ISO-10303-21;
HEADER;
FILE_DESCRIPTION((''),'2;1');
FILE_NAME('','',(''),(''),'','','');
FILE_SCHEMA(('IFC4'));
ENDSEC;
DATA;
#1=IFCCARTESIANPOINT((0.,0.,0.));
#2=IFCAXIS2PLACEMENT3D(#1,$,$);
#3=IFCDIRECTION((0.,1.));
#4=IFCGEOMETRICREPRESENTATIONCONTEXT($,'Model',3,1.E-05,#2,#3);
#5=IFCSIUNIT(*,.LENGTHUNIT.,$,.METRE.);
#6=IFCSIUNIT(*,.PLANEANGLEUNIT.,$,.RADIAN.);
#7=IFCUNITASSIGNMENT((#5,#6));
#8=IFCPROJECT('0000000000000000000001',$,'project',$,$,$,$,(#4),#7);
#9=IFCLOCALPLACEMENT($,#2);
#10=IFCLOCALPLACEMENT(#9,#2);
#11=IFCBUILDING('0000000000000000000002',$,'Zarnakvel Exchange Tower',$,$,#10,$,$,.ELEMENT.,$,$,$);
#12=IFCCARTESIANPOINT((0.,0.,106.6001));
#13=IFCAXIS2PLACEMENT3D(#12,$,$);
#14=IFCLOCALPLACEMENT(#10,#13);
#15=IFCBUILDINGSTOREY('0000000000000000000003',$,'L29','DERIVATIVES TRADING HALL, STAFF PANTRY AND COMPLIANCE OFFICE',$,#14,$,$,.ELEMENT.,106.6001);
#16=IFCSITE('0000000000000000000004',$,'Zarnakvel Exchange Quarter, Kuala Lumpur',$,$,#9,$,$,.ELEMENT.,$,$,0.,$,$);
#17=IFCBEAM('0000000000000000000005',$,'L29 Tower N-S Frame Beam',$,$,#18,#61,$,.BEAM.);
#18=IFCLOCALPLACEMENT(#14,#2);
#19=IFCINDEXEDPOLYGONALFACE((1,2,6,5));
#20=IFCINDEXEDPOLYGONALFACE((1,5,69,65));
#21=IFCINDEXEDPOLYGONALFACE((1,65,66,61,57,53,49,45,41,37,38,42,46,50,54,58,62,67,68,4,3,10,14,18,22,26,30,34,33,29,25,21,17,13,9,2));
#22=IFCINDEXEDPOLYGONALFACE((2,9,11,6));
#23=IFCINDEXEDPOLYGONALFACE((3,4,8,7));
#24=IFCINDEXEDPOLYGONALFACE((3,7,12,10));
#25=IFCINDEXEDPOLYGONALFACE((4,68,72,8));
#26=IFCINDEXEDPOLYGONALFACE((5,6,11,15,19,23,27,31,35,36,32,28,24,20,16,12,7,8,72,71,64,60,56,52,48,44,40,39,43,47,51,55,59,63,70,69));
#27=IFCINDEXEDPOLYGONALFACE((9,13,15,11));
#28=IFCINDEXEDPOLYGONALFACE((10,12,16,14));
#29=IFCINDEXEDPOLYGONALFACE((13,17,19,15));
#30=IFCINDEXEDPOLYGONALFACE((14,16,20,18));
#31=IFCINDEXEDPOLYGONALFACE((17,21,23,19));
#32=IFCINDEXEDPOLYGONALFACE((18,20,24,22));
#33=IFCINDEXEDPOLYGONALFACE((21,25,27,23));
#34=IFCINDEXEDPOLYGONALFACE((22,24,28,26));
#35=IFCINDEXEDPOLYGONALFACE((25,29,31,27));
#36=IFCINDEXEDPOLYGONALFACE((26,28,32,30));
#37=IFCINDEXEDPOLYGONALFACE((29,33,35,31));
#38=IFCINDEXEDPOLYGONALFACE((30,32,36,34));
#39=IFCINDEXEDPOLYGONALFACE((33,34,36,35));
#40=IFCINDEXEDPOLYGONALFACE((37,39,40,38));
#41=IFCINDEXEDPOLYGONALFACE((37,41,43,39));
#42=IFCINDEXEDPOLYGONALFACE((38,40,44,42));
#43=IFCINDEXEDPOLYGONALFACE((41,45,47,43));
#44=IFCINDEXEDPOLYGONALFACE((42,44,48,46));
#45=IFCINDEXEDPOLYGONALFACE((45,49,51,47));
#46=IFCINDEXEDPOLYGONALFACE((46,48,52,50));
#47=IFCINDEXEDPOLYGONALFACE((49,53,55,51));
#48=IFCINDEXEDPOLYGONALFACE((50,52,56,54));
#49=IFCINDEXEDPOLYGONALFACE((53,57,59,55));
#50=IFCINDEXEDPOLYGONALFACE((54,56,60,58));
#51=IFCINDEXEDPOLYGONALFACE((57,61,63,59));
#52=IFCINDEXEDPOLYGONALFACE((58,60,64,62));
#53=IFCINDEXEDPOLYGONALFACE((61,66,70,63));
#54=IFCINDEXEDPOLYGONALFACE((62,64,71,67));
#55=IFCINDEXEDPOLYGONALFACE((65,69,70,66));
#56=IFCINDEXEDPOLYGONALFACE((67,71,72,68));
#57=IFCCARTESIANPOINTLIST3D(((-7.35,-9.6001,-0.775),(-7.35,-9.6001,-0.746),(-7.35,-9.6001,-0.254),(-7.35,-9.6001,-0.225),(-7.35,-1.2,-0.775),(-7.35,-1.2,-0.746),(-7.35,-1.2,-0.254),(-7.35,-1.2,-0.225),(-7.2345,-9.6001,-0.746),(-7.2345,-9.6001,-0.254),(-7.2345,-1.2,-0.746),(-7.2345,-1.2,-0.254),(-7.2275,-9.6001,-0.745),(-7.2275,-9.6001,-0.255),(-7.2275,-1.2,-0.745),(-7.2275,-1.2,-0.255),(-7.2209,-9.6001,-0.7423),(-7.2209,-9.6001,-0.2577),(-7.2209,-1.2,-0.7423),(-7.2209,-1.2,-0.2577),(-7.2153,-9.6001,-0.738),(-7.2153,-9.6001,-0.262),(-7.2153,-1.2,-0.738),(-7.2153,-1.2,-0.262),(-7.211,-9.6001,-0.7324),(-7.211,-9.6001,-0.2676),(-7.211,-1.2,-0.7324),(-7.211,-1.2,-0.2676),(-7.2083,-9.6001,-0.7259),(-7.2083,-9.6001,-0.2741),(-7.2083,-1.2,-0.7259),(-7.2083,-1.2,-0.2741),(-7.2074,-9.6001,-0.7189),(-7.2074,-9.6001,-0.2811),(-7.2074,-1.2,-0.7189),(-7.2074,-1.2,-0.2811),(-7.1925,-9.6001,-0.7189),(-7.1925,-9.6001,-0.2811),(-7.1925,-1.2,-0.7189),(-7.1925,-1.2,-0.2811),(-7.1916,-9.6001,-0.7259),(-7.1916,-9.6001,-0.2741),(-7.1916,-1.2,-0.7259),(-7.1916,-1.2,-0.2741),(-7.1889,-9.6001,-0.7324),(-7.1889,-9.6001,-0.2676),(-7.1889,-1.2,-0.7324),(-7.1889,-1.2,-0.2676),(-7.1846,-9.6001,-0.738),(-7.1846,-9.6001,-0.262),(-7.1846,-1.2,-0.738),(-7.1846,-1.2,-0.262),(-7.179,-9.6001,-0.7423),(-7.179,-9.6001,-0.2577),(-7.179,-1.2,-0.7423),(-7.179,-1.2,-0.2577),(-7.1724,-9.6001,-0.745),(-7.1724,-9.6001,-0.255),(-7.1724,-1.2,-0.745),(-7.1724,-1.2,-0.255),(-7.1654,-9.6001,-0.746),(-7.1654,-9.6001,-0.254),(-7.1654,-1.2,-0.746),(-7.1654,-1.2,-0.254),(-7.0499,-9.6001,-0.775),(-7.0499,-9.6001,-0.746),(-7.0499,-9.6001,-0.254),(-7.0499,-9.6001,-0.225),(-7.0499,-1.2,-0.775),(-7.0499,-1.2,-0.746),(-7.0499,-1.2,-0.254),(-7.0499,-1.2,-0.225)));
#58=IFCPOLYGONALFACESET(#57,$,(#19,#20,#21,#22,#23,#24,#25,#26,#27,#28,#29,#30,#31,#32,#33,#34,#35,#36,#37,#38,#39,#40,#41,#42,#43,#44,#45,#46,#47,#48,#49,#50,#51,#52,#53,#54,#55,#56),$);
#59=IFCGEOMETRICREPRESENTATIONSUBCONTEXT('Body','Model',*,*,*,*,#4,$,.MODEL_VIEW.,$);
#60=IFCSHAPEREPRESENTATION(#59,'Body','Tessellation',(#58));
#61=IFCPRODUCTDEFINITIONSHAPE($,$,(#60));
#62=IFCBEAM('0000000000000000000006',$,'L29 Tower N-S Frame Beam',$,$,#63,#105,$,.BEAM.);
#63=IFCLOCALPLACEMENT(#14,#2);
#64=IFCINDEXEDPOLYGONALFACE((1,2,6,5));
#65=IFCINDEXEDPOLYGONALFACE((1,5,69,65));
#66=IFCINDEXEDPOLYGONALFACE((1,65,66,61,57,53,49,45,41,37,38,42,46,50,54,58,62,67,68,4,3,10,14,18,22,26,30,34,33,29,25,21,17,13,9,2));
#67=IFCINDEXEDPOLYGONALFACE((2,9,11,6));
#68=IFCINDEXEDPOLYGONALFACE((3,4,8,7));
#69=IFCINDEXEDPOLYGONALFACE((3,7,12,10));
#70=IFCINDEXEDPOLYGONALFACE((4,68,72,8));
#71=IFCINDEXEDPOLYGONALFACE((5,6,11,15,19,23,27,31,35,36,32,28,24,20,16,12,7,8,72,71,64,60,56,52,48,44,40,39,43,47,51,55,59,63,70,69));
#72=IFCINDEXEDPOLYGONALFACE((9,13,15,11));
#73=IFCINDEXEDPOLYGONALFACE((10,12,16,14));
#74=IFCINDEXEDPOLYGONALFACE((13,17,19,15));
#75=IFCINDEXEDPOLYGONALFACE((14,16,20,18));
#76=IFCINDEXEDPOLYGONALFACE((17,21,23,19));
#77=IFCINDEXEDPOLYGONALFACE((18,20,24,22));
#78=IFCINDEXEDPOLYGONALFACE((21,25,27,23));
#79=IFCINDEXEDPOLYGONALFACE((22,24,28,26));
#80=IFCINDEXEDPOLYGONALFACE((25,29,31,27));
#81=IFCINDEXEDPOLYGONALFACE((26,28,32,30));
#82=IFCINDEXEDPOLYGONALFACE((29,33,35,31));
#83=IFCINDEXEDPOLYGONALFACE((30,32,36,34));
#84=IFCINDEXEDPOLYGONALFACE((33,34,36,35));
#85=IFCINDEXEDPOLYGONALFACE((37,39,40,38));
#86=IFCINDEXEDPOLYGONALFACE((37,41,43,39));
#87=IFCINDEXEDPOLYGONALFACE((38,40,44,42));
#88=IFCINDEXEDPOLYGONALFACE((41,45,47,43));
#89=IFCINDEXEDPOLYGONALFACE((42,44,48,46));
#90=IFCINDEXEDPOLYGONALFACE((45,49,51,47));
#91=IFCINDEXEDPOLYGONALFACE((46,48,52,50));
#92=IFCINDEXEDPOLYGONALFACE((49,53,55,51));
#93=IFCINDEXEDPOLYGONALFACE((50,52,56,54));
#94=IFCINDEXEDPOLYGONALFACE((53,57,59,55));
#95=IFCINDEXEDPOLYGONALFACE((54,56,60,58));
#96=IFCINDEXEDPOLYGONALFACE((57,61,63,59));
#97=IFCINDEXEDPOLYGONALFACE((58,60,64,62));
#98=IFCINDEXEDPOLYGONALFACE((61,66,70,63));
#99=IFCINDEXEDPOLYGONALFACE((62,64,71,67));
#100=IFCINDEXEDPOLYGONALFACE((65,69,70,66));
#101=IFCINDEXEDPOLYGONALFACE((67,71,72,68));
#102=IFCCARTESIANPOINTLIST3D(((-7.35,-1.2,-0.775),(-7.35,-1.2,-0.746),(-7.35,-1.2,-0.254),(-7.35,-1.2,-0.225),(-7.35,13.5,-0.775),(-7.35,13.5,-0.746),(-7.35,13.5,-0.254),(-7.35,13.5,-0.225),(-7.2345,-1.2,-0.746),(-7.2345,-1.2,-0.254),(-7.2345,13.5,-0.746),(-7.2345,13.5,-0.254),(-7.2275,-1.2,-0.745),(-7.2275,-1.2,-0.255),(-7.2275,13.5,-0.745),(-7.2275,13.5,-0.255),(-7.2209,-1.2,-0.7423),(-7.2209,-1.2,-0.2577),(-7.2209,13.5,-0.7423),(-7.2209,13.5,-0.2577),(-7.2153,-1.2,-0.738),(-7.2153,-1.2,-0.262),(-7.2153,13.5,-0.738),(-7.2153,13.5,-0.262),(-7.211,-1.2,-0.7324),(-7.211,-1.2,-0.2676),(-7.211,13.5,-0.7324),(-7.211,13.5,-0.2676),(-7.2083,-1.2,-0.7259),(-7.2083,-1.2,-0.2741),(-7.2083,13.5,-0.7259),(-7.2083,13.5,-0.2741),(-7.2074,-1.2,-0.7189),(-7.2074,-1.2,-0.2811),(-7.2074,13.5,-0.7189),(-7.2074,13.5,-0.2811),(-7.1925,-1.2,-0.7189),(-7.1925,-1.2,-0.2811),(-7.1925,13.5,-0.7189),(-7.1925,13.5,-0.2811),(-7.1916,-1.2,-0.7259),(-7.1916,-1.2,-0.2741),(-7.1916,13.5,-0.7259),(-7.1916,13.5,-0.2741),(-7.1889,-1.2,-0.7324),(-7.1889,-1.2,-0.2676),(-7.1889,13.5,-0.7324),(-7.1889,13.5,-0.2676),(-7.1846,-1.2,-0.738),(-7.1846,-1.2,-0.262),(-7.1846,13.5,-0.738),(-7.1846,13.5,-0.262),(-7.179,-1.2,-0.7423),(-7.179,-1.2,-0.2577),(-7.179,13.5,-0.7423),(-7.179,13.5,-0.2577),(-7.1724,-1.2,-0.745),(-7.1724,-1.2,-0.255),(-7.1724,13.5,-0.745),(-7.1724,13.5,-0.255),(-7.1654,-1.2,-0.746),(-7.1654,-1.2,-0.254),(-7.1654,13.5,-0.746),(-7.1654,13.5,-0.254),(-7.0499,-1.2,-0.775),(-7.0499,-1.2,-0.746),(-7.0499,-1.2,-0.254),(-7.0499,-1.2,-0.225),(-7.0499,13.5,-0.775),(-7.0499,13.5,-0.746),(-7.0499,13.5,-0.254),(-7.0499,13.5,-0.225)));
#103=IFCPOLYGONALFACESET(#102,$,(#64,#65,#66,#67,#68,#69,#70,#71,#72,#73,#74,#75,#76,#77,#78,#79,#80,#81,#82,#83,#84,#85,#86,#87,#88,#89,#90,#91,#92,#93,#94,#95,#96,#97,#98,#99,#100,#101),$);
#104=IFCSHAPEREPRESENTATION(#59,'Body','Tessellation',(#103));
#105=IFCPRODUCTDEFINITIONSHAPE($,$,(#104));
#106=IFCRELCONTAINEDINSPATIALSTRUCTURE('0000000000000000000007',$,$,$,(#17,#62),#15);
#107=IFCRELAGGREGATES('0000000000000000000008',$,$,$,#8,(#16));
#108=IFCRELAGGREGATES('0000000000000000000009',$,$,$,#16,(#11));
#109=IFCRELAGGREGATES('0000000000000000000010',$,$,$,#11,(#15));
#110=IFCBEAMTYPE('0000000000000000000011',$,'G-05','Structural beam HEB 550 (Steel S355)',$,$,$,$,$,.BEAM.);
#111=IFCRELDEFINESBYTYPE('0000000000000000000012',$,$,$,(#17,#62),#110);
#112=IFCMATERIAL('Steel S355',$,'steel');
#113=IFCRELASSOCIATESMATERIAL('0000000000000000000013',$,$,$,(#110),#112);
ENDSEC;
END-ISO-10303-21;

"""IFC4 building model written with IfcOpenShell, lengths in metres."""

from ifc_helpers import new_model, si_unit, direction, frame, origin, origin_2d, place, context, subcontext, project, spatial, i_section, extrude, material, material_profile, profile_set, type_object, element, save


model = new_model("IFC4")

# Units and contexts
model_context = context("Model", 3, precision=1e-05, world=origin(), true_north=direction((0.0, 1.0)))
body_context = subcontext(model_context, "Body", "Model", "MODEL_VIEW")
ifc_project = project(units=[si_unit("LENGTHUNIT", "METRE"), si_unit("PLANEANGLEUNIT", "RADIAN")], contexts=[model_context])

# Site, building, storey
site_placement = place(None, origin())
site = spatial("IfcSite", under=ifc_project, at=site_placement, Name="Zarnakvel Exchange Quarter, Kuala Lumpur", CompositionType="ELEMENT", RefElevation=0.0)
building_placement = place(site_placement, origin())
building = spatial("IfcBuilding", under=site, at=building_placement, Name="Zarnakvel Exchange Tower", CompositionType="ELEMENT")
storey_placement = place(building_placement, frame((0.0, 0.0, 106.6001)))
storey = spatial("IfcBuildingStorey", under=building, at=storey_placement, Name="L29", Description="DERIVATIVES TRADING HALL, STAFF PANTRY AND COMPLIANCE OFFICE", CompositionType="ELEMENT", Elevation=106.6001)

# Beams
ifc_material_1 = material(Name="Steel S355", Category="steel")
ifc_material_profile_1 = material_profile(ifc_material_1, i_section(OverallWidth=0.3, OverallDepth=0.55, WebThickness=0.0149, FlangeThickness=0.0291, FilletRadius=0.0271, at=origin_2d()))
ifc_profile_set_1 = profile_set([ifc_material_profile_1], Name="Steel S355")
beam_type_1 = type_object("IfcBeamType", Name="G-05", Description="Structural beam HEB 550 (Steel S355)", PredefinedType="BEAM", material=ifc_profile_set_1)
for number, where, z_axis, x_axis, name in (
    (1, (-7.2, -9.6001, -0.5), (0.0, 1.0, 0.0), (-1.0, 0.0, 0.0), "L29 Tower N-S Frame Beam"),
):
    element("IfcBeam", number, at=place(storey_placement, frame(where, z_axis=z_axis, x_axis=x_axis)), inside=storey, type_object=beam_type_1, Name=name, PredefinedType="BEAM", context=body_context, shape_type="SweptSolid", body=[
        extrude(i_section(OverallWidth=0.3, OverallDepth=0.55, WebThickness=0.0149, FlangeThickness=0.0291, FilletRadius=0.0271, at=origin_2d()), origin(), (0.0, 0.0, 1.0), 8.4001),
    ])
beam_1_placement = place(storey_placement, frame((-7.2, -1.2, -0.5), z_axis=(0.0, 1.0, 0.0), x_axis=(-1.0, 0.0, 0.0)))
element("IfcBeam", 2, at=beam_1_placement, inside=storey, type_object=beam_type_1, Name="L29 Tower N-S Frame Beam", PredefinedType="BEAM", context=body_context, shape_type="SweptSolid", body=[
    extrude(i_section(OverallWidth=0.3, OverallDepth=0.55, WebThickness=0.0149, FlangeThickness=0.0291, FilletRadius=0.0271, at=origin_2d()), origin(), (0.0, 0.0, 1.0), 14.7),
])

save(model, "model.ifc")
